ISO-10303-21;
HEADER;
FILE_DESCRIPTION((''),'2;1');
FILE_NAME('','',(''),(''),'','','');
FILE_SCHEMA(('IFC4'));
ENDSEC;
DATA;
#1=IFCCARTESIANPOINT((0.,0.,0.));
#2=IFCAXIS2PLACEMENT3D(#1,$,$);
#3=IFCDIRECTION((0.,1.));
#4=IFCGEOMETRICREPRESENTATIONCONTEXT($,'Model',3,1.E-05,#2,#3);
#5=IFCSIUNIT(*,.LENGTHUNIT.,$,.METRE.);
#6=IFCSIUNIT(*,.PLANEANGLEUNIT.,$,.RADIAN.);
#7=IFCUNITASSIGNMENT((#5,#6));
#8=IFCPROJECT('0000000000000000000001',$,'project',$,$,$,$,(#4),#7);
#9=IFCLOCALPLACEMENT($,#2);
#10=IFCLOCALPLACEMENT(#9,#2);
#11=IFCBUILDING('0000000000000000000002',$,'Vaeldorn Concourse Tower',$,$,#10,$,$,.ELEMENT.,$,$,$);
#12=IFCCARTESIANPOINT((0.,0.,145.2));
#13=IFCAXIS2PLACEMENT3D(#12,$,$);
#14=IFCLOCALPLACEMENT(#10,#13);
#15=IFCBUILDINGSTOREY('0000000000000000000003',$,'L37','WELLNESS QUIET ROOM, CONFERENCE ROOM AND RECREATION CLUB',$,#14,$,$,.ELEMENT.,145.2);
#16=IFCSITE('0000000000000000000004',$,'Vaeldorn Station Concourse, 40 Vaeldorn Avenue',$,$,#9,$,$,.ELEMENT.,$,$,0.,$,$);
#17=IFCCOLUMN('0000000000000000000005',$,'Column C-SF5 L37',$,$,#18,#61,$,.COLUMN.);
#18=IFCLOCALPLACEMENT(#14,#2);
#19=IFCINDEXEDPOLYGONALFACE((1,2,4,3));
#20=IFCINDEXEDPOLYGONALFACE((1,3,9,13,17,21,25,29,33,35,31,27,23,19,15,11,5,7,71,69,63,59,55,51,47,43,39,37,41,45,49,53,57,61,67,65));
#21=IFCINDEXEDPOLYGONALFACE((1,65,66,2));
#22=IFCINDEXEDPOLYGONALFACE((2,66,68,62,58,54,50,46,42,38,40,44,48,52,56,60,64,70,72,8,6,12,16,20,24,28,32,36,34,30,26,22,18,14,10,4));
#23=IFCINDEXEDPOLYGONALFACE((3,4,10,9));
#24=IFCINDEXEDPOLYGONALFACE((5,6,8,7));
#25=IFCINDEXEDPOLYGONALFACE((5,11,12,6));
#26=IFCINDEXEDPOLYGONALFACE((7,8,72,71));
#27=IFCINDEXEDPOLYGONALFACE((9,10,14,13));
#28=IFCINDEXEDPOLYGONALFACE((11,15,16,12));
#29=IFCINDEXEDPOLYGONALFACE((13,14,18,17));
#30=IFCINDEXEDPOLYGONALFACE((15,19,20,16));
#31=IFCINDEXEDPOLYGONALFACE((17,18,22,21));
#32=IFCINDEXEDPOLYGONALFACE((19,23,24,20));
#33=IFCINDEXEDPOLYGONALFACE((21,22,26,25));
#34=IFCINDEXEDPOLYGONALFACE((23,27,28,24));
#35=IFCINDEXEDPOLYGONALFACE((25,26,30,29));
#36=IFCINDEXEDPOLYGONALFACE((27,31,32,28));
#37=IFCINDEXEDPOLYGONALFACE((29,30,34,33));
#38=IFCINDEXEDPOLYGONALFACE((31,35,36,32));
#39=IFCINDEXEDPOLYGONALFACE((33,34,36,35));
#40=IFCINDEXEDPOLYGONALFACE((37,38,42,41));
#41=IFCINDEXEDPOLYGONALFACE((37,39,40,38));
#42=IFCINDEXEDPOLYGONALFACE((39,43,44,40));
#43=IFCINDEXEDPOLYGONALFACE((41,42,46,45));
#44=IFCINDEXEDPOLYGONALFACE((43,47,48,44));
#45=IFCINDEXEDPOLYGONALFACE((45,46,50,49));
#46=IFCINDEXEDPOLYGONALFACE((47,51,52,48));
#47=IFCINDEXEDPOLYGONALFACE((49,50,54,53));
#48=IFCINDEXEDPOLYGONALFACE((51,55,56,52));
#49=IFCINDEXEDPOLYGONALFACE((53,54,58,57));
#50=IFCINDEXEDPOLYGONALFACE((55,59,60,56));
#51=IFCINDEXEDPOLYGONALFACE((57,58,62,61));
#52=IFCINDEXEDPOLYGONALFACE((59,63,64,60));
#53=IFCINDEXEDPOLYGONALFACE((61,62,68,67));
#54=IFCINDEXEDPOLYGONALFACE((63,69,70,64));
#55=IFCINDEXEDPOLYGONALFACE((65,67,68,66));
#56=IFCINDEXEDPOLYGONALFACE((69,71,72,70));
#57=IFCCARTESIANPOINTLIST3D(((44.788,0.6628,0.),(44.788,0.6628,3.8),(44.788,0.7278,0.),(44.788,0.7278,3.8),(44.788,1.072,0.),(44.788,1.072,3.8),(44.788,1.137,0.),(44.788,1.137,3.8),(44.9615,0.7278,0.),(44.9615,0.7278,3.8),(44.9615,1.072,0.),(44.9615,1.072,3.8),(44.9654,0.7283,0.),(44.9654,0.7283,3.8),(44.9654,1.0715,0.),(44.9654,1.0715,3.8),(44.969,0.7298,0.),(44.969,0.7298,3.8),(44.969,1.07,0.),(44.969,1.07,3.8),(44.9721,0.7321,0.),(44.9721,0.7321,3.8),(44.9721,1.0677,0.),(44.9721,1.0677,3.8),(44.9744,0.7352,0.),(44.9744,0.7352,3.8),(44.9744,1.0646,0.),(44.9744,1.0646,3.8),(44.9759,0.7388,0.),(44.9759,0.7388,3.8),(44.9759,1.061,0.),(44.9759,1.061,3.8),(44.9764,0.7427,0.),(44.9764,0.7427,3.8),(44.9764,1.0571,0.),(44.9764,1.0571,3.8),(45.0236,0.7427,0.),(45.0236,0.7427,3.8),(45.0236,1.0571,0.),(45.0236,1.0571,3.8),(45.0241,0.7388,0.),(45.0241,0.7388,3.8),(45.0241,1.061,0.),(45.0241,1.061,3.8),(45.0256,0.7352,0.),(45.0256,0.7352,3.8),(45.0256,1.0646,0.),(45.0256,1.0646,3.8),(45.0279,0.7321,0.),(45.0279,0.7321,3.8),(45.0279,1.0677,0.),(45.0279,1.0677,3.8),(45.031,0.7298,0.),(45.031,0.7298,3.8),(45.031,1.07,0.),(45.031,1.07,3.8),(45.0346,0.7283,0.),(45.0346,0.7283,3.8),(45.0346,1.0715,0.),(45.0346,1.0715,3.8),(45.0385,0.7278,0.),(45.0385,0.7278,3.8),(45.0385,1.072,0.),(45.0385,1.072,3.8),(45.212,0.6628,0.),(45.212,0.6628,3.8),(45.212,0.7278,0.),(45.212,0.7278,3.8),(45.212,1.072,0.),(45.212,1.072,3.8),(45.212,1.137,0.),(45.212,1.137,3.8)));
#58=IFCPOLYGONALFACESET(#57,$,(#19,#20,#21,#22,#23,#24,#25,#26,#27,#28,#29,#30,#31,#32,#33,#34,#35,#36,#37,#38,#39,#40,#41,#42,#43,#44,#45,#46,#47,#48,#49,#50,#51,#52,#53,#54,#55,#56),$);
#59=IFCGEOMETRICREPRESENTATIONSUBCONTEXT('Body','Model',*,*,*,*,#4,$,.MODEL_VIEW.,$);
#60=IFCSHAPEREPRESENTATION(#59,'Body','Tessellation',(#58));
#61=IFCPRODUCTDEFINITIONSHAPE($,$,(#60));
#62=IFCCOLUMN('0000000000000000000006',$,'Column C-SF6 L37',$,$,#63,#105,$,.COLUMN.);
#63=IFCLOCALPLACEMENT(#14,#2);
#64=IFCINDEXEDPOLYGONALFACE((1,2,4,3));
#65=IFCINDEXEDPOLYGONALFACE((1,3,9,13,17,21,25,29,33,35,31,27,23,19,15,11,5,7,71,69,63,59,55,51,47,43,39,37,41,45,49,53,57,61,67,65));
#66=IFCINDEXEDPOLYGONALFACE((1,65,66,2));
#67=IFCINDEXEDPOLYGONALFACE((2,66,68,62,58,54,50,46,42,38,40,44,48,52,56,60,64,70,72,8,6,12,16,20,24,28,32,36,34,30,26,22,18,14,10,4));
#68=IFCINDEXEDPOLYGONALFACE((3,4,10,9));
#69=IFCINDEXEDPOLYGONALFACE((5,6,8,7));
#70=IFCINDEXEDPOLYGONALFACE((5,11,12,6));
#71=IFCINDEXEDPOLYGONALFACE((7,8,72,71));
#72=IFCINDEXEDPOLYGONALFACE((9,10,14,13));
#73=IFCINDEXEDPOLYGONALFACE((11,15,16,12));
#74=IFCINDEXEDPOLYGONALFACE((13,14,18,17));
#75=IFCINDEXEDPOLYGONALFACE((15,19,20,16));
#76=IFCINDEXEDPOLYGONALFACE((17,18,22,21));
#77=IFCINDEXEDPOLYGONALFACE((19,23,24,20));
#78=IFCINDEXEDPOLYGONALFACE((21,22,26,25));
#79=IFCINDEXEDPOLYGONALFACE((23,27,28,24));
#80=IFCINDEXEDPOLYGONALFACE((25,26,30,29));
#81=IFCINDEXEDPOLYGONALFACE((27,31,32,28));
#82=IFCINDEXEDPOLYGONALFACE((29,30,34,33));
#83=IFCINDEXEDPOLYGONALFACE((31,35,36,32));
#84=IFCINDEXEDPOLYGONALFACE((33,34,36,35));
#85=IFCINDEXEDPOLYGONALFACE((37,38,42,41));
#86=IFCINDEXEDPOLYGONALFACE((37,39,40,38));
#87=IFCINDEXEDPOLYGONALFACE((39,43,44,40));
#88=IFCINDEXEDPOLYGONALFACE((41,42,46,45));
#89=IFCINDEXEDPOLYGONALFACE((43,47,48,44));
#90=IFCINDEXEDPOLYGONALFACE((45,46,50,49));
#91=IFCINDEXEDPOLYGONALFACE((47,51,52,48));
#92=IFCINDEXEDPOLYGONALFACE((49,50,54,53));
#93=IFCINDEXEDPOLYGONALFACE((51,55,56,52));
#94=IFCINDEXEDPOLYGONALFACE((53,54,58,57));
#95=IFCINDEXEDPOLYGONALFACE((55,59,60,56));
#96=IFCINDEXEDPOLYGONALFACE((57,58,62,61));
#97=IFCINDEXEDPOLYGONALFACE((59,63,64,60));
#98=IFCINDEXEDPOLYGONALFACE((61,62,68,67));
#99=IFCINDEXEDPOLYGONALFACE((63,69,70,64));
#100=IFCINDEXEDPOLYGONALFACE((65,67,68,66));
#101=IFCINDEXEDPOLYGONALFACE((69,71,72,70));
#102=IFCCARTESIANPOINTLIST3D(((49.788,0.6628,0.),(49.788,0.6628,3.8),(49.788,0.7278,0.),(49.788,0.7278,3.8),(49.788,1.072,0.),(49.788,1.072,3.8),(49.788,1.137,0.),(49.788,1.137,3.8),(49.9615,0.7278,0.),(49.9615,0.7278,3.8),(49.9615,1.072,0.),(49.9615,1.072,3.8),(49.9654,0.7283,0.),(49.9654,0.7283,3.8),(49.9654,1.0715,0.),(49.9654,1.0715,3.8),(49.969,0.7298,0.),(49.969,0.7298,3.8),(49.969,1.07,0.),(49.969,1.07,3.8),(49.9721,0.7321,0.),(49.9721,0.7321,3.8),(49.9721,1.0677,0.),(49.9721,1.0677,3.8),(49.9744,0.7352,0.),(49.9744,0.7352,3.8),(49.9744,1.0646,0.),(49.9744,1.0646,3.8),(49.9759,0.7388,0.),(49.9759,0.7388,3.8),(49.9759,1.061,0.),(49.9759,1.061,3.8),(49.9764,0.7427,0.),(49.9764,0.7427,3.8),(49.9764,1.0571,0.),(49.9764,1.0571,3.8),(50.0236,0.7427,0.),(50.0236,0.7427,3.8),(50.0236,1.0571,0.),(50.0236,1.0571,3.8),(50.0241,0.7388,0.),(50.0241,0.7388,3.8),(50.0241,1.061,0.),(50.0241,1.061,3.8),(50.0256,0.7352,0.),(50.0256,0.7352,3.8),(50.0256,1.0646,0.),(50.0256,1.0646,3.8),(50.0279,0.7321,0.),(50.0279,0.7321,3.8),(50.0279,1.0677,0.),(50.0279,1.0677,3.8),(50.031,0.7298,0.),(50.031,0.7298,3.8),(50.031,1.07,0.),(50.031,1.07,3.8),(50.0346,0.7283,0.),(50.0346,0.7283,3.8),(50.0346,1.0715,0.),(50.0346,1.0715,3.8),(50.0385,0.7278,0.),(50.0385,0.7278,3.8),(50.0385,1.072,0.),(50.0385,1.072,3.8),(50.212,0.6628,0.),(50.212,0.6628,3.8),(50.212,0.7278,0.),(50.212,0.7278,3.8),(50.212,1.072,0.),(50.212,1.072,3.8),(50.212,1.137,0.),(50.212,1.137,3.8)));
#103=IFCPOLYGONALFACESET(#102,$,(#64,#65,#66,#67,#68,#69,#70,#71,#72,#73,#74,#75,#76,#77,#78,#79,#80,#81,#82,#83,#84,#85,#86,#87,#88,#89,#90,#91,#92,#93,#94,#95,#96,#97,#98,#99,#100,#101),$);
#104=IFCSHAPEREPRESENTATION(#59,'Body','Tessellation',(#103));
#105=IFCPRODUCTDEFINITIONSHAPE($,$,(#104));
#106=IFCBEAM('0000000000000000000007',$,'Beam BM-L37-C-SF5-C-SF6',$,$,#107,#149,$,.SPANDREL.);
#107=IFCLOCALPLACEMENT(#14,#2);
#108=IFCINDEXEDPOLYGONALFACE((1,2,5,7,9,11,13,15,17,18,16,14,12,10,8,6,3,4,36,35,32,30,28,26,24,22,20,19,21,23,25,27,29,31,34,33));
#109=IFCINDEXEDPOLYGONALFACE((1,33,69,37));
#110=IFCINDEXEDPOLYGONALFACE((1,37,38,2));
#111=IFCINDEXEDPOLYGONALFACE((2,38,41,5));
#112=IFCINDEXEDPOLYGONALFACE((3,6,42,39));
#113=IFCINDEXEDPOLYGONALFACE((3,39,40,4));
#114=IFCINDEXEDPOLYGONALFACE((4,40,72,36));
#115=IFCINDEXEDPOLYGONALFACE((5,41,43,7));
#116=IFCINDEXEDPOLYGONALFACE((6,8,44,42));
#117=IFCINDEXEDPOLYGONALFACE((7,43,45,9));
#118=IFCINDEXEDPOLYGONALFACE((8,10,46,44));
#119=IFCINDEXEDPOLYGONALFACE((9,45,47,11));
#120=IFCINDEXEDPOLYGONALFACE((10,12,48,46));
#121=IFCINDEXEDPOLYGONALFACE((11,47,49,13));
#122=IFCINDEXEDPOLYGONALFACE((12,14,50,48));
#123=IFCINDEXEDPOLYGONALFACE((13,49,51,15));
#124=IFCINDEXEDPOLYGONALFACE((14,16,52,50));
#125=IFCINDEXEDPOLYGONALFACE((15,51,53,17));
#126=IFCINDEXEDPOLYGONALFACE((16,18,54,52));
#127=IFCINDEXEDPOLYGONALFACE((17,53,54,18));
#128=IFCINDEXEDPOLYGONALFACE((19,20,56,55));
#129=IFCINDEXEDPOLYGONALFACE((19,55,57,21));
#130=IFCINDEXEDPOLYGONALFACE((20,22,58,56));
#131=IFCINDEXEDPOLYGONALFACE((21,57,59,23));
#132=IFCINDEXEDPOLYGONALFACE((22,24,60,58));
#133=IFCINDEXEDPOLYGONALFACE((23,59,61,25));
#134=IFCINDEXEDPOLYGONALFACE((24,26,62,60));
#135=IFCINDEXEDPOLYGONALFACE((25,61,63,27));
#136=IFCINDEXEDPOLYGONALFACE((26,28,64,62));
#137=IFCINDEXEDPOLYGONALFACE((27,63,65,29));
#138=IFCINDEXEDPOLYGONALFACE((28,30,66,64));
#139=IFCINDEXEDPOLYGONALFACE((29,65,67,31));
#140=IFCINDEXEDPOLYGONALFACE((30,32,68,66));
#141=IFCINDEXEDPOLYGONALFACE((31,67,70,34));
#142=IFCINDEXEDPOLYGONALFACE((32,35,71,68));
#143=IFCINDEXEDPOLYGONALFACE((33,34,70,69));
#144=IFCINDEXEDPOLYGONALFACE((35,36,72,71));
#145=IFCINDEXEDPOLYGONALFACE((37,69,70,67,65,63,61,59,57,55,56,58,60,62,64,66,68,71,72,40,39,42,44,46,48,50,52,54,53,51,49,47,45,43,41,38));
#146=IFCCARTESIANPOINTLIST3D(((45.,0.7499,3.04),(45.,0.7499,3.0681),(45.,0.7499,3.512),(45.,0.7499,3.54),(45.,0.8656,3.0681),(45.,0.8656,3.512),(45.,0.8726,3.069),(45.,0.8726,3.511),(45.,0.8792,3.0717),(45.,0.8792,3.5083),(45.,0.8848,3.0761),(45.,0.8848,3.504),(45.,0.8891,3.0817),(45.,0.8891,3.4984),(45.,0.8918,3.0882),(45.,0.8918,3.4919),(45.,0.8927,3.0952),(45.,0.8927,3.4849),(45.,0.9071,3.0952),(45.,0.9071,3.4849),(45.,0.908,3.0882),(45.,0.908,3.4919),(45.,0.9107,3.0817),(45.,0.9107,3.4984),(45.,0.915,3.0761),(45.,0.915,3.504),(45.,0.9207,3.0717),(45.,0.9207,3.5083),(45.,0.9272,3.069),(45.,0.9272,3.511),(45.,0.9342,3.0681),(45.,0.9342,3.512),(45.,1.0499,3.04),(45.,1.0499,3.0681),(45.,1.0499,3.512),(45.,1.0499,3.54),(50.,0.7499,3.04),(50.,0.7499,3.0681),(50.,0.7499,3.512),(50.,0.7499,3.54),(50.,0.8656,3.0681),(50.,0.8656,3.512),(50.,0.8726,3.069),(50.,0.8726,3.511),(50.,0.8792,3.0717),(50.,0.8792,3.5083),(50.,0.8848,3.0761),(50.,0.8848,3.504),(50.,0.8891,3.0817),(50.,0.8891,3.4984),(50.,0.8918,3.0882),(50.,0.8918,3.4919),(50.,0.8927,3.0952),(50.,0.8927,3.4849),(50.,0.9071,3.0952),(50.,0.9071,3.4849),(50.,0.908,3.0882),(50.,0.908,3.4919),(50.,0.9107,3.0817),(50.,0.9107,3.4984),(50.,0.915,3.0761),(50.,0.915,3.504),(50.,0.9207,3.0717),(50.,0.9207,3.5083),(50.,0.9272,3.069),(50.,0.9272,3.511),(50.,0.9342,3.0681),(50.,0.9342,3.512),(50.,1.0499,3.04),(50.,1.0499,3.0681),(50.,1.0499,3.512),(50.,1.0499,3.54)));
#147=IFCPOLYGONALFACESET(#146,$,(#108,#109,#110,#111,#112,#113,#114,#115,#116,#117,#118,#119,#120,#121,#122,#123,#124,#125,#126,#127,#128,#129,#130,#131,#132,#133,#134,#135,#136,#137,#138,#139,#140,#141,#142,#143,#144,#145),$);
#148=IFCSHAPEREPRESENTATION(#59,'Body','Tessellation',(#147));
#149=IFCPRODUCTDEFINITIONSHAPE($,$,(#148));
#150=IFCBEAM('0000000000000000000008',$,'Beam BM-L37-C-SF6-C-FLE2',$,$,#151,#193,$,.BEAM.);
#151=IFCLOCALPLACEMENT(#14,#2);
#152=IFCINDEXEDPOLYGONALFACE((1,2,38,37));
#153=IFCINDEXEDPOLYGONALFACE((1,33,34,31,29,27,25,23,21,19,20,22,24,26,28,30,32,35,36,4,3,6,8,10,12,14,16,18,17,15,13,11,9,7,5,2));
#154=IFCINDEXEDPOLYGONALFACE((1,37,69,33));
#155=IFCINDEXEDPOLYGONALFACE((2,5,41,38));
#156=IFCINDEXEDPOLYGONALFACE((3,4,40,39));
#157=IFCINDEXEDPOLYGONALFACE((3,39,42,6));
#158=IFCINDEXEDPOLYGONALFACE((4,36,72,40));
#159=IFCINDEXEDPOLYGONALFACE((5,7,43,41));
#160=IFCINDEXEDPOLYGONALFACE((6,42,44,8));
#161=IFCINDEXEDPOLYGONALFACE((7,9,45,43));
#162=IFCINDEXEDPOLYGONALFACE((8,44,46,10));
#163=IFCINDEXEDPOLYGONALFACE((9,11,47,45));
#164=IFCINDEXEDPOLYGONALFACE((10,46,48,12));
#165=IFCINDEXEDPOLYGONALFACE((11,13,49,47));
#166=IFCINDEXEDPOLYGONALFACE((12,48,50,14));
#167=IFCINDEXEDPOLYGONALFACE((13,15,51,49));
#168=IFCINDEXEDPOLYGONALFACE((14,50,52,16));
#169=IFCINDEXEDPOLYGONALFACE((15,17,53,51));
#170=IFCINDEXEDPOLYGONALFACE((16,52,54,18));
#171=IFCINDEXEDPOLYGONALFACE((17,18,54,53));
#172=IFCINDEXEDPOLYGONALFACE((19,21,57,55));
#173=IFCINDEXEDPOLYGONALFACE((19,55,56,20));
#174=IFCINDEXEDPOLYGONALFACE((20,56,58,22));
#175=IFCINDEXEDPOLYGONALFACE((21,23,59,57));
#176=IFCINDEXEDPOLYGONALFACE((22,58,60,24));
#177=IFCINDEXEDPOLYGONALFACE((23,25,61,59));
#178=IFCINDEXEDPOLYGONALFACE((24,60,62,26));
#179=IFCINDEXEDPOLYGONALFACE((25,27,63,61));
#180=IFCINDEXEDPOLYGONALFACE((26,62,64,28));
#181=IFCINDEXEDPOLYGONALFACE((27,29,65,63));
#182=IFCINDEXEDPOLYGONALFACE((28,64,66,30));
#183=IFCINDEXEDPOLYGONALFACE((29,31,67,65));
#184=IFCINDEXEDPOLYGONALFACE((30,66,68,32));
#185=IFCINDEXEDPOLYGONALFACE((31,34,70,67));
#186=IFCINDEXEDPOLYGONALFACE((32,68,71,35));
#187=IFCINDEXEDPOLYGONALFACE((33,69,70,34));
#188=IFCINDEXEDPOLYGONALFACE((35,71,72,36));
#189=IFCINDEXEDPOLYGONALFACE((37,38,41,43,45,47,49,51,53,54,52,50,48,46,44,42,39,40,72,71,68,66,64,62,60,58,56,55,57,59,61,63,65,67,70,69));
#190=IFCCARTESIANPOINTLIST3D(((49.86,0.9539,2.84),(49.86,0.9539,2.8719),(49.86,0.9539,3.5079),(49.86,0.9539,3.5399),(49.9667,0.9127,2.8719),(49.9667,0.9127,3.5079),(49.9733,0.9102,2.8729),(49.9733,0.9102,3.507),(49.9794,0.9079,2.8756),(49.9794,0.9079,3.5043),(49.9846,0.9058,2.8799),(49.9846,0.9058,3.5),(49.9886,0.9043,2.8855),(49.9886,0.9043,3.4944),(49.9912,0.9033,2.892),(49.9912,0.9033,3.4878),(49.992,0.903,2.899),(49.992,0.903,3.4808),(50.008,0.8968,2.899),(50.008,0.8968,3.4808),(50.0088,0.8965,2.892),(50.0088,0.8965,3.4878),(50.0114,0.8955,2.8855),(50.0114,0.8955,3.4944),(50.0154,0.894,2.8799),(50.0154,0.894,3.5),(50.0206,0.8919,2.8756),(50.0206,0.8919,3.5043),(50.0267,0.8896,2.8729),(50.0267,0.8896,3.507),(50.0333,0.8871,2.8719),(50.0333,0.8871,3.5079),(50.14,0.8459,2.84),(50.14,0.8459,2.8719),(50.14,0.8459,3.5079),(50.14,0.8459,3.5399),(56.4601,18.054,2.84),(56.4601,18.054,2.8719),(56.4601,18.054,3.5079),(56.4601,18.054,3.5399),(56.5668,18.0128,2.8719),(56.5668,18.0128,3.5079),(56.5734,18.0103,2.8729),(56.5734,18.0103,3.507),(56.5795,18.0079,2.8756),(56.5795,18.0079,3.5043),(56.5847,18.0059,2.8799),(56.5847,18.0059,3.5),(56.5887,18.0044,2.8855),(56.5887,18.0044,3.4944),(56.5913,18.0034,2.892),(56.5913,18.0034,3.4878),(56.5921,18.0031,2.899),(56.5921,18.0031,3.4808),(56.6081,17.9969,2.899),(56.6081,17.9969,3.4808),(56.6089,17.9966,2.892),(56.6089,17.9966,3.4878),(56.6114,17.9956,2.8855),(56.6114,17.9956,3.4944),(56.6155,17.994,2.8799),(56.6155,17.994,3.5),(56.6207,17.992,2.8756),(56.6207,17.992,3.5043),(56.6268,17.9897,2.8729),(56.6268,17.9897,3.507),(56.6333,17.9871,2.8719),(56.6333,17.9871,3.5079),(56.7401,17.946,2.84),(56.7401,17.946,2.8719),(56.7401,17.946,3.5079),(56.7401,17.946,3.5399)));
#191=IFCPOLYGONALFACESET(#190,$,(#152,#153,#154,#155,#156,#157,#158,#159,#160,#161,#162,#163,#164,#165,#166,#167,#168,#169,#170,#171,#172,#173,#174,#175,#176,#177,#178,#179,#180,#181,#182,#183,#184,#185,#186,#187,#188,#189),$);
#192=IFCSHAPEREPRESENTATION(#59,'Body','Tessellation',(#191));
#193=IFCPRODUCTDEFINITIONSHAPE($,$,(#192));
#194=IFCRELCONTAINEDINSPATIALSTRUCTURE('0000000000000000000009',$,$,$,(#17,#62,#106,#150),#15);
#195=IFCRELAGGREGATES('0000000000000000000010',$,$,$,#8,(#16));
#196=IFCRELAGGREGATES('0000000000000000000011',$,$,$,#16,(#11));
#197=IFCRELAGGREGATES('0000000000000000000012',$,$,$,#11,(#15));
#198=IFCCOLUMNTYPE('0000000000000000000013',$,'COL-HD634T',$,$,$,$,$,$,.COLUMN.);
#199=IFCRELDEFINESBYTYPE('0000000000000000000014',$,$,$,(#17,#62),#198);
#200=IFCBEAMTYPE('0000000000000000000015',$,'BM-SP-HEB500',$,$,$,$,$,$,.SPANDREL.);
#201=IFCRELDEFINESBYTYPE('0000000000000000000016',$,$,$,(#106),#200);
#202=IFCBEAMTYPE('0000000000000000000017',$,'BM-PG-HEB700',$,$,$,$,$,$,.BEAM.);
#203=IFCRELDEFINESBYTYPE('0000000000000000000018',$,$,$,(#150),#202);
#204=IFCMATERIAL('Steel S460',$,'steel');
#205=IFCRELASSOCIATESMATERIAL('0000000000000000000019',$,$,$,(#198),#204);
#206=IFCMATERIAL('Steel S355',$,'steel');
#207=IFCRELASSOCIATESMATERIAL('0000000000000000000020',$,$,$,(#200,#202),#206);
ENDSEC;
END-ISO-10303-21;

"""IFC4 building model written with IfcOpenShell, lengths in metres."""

from ifc_helpers import new_model, si_unit, direction, frame, origin, origin_2d, place, context, subcontext, project, spatial, i_section, extrude, source, transform, mapped, material, material_profile, profile_set, type_object, element, save


model = new_model("IFC4")

# Units and contexts
model_context = context("Model", 3, precision=1e-05, world=origin(), true_north=direction((0.0, 1.0)))
body_context = subcontext(model_context, "Body", "Model", "MODEL_VIEW")
ifc_project = project(units=[si_unit("LENGTHUNIT", "METRE"), si_unit("PLANEANGLEUNIT", "RADIAN")], contexts=[model_context])

# Site, building, storey
site_placement = place(None, origin())
site = spatial("IfcSite", under=ifc_project, at=site_placement, Name="Vaeldorn Station Concourse, 40 Vaeldorn Avenue", CompositionType="ELEMENT", RefElevation=0.0)
building_placement = place(site_placement, origin())
building = spatial("IfcBuilding", under=site, at=building_placement, Name="Vaeldorn Concourse Tower", CompositionType="ELEMENT")
storey_placement = place(building_placement, frame((0.0, 0.0, 145.2)))
storey = spatial("IfcBuildingStorey", under=building, at=storey_placement, Name="L37", Description="WELLNESS QUIET ROOM, CONFERENCE ROOM AND RECREATION CLUB", CompositionType="ELEMENT", Elevation=145.2)

# Columns
ifc_material_1 = material(Name="Steel S460", Category="steel")
ifc_material_profile_1 = material_profile(ifc_material_1, i_section(OverallWidth=0.4241, OverallDepth=0.4741, WebThickness=0.0471, FlangeThickness=0.0649, FilletRadius=0.0149, at=origin_2d()), Name="HD 400x634")
ifc_profile_set_1 = profile_set([ifc_material_profile_1], Name="Steel S460")
column_type = type_object("IfcColumnType", Name="COL-HD634T", PredefinedType="COLUMN", material=ifc_profile_set_1)
shared_shape_1 = source(origin(), body_context, "Body", "SweptSolid", [
    extrude(i_section(OverallWidth=0.4241, OverallDepth=0.4741, WebThickness=0.0471, FlangeThickness=0.0649, FilletRadius=0.0149, at=origin_2d()), origin(), (0.0, 0.0, 1.0), 3.8),
])
for number, where, z_axis, x_axis, name in (
    (1, (45.0, 0.8999, 0.0), (0.0, 0.0, 1.0), (1.0, 0.0, 0.0), "Column C-SF5 L37"),
    (2, (50.0, 0.8999, 0.0), (0.0, 0.0, 1.0), (1.0, 0.0, 0.0), "Column C-SF6 L37"),
):
    element("IfcColumn", number, at=place(storey_placement, frame(where, z_axis=z_axis, x_axis=x_axis)), inside=storey, type_object=column_type, Name=name, PredefinedType="COLUMN", context=body_context, shape_type="MappedRepresentation", body=[
        mapped(shared_shape_1, transform((0.0, 0.0, 0.0), scale=1.0)),
    ])

# Beams
ifc_material_2 = material(Name="Steel S355", Category="steel")
ifc_material_profile_2 = material_profile(ifc_material_2, i_section(OverallWidth=0.3, OverallDepth=0.5, WebThickness=0.0144, FlangeThickness=0.0281, FilletRadius=0.0271, at=origin_2d()), Name="HEB 500")
ifc_profile_set_2 = profile_set([ifc_material_profile_2], Name="Steel S355")
beam_type_1 = type_object("IfcBeamType", Name="BM-SP-HEB500", PredefinedType="SPANDREL", material=ifc_profile_set_2)
shared_shape_2 = source(origin(), body_context, "Body", "SweptSolid", [
    extrude(i_section(OverallWidth=0.3, OverallDepth=0.5, WebThickness=0.0144, FlangeThickness=0.0281, FilletRadius=0.0271, at=origin_2d()), origin(), (0.0, 0.0, 1.0), 5.0),
])
beam_1_placement = place(storey_placement, frame((45.0, 0.8999, 3.29), z_axis=(1.0, 0.0, 0.0), x_axis=(0.0, 1.0, 0.0)))
element("IfcBeam", 3, at=beam_1_placement, inside=storey, type_object=beam_type_1, Name="Beam BM-L37-C-SF5-C-SF6", PredefinedType="SPANDREL", context=body_context, shape_type="MappedRepresentation", body=[
    mapped(shared_shape_2, transform((0.0, 0.0, 0.0), scale=1.0)),
])
ifc_material_profile_3 = material_profile(ifc_material_2, i_section(OverallWidth=0.3, OverallDepth=0.7, WebThickness=0.0171, FlangeThickness=0.032, FilletRadius=0.0271, at=origin_2d()), Name="HEB 700")
ifc_profile_set_3 = profile_set([ifc_material_profile_3], Name="Steel S355")
beam_type_2 = type_object("IfcBeamType", Name="BM-PG-HEB700", PredefinedType="BEAM", material=ifc_profile_set_3)
shared_shape_3 = source(origin(), body_context, "Body", "SweptSolid", [
    extrude(i_section(OverallWidth=0.3, OverallDepth=0.7, WebThickness=0.0171, FlangeThickness=0.032, FilletRadius=0.0271, at=origin_2d()), origin(), (0.0, 0.0, 1.0), 18.3296),
])
beam_2_placement = place(storey_placement, frame((50.0, 0.8999, 3.1899), z_axis=(0.360078, 0.932922, 0.0), x_axis=(-0.932922, 0.360078, 0.0)))
element("IfcBeam", 4, at=beam_2_placement, inside=storey, type_object=beam_type_2, Name="Beam BM-L37-C-SF6-C-FLE2", PredefinedType="BEAM", context=body_context, shape_type="MappedRepresentation", body=[
    mapped(shared_shape_3, transform((0.0, 0.0, 0.0), scale=1.0)),
])

save(model, "model.ifc")
